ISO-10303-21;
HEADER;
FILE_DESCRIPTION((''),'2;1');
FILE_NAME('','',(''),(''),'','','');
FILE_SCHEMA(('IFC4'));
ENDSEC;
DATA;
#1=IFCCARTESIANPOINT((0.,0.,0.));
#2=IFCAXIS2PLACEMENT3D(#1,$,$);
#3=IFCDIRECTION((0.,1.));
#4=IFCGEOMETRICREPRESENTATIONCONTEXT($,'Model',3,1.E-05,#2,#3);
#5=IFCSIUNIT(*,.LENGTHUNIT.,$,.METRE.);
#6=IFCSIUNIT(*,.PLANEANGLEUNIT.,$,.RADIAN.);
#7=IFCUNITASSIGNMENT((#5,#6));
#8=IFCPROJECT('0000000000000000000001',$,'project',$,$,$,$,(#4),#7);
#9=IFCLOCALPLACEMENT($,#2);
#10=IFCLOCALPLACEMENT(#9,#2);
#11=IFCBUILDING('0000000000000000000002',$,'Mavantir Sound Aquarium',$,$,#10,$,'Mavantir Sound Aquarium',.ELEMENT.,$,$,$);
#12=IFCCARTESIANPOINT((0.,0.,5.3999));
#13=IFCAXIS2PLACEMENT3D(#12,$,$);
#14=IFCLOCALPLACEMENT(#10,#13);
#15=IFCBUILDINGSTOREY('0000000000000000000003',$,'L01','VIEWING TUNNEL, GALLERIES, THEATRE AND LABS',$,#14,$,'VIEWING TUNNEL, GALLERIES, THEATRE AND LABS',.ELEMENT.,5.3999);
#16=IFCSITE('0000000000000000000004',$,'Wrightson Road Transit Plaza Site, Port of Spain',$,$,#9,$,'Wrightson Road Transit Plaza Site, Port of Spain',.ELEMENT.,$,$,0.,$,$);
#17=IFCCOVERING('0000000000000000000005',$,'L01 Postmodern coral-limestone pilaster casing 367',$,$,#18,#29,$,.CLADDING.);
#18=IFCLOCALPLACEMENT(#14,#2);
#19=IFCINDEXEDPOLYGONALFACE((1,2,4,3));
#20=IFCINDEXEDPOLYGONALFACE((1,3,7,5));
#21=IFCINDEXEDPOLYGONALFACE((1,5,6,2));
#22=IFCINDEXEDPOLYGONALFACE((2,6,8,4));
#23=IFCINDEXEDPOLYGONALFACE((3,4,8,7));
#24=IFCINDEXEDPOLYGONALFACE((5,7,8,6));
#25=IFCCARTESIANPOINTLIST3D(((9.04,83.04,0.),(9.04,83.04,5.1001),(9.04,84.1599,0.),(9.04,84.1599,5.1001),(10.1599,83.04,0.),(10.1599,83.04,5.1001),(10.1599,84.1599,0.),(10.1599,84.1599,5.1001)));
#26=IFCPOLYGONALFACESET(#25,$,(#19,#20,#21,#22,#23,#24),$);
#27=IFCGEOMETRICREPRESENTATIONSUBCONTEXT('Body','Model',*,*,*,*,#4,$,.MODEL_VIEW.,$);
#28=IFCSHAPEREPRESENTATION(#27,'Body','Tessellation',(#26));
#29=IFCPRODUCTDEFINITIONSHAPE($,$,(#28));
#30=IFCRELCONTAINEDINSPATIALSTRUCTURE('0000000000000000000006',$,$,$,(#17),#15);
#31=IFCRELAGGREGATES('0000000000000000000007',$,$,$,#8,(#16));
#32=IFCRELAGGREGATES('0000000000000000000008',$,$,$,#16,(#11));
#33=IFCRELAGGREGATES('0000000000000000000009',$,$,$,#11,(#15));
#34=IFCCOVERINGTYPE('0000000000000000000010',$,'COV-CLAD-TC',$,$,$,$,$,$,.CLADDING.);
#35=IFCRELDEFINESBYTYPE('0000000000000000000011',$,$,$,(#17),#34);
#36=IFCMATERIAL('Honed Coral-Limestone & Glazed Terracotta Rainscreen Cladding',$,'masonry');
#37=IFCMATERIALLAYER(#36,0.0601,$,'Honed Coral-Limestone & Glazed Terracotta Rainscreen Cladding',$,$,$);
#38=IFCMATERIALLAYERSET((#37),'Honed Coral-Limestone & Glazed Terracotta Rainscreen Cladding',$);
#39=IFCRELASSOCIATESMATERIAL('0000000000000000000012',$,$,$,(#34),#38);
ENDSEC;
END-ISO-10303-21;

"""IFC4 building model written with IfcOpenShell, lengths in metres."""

from ifc_helpers import new_model, si_unit, direction, frame, origin, place, context, subcontext, project, spatial, polyline, outline, extrude, material, layer, layer_set, type_object, element, save


model = new_model("IFC4")

# Units and contexts
model_context = context("Model", 3, precision=1e-05, world=origin(), true_north=direction((0.0, 1.0)))
body_context = subcontext(model_context, "Body", "Model", "MODEL_VIEW")
ifc_project = project(units=[si_unit("LENGTHUNIT", "METRE"), si_unit("PLANEANGLEUNIT", "RADIAN")], contexts=[model_context])

# Site, building, storey
site_placement = place(None, origin())
site = spatial("IfcSite", under=ifc_project, at=site_placement, Name="Wrightson Road Transit Plaza Site, Port of Spain", LongName="Wrightson Road Transit Plaza Site, Port of Spain", CompositionType="ELEMENT", RefElevation=0.0)
building_placement = place(site_placement, origin())
building = spatial("IfcBuilding", under=site, at=building_placement, Name="Mavantir Sound Aquarium", LongName="Mavantir Sound Aquarium", CompositionType="ELEMENT")
storey_placement = place(building_placement, frame((0.0, 0.0, 5.3999)))
storey = spatial("IfcBuildingStorey", under=building, at=storey_placement, Name="L01", Description="VIEWING TUNNEL, GALLERIES, THEATRE AND LABS", LongName="VIEWING TUNNEL, GALLERIES, THEATRE AND LABS", CompositionType="ELEMENT", Elevation=5.3999)

# Covering
ifc_material = material(Name="Honed Coral-Limestone & Glazed Terracotta Rainscreen Cladding", Category="masonry")
ifc_layer = layer(ifc_material, 0.0601, Name="Honed Coral-Limestone & Glazed Terracotta Rainscreen Cladding")
ifc_layer_set = layer_set([ifc_layer], Name="Honed Coral-Limestone & Glazed Terracotta Rainscreen Cladding")
covering_type = type_object("IfcCoveringType", Name="COV-CLAD-TC", PredefinedType="CLADDING", material=ifc_layer_set)
covering_1_placement = place(storey_placement, origin())
element("IfcCovering", 1, at=covering_1_placement, inside=storey, type_object=covering_type, Name="L01 Postmodern coral-limestone pilaster casing 367", PredefinedType="CLADDING", context=body_context, shape_type="SweptSolid", body=[
    extrude(outline(polyline([(9.04, 83.04), (10.1599, 83.04), (10.1599, 84.1599), (9.04, 84.1599), (9.04, 83.04)])), origin(), (0.0, 0.0, 1.0), 5.1001),
])

save(model, "model.ifc")
